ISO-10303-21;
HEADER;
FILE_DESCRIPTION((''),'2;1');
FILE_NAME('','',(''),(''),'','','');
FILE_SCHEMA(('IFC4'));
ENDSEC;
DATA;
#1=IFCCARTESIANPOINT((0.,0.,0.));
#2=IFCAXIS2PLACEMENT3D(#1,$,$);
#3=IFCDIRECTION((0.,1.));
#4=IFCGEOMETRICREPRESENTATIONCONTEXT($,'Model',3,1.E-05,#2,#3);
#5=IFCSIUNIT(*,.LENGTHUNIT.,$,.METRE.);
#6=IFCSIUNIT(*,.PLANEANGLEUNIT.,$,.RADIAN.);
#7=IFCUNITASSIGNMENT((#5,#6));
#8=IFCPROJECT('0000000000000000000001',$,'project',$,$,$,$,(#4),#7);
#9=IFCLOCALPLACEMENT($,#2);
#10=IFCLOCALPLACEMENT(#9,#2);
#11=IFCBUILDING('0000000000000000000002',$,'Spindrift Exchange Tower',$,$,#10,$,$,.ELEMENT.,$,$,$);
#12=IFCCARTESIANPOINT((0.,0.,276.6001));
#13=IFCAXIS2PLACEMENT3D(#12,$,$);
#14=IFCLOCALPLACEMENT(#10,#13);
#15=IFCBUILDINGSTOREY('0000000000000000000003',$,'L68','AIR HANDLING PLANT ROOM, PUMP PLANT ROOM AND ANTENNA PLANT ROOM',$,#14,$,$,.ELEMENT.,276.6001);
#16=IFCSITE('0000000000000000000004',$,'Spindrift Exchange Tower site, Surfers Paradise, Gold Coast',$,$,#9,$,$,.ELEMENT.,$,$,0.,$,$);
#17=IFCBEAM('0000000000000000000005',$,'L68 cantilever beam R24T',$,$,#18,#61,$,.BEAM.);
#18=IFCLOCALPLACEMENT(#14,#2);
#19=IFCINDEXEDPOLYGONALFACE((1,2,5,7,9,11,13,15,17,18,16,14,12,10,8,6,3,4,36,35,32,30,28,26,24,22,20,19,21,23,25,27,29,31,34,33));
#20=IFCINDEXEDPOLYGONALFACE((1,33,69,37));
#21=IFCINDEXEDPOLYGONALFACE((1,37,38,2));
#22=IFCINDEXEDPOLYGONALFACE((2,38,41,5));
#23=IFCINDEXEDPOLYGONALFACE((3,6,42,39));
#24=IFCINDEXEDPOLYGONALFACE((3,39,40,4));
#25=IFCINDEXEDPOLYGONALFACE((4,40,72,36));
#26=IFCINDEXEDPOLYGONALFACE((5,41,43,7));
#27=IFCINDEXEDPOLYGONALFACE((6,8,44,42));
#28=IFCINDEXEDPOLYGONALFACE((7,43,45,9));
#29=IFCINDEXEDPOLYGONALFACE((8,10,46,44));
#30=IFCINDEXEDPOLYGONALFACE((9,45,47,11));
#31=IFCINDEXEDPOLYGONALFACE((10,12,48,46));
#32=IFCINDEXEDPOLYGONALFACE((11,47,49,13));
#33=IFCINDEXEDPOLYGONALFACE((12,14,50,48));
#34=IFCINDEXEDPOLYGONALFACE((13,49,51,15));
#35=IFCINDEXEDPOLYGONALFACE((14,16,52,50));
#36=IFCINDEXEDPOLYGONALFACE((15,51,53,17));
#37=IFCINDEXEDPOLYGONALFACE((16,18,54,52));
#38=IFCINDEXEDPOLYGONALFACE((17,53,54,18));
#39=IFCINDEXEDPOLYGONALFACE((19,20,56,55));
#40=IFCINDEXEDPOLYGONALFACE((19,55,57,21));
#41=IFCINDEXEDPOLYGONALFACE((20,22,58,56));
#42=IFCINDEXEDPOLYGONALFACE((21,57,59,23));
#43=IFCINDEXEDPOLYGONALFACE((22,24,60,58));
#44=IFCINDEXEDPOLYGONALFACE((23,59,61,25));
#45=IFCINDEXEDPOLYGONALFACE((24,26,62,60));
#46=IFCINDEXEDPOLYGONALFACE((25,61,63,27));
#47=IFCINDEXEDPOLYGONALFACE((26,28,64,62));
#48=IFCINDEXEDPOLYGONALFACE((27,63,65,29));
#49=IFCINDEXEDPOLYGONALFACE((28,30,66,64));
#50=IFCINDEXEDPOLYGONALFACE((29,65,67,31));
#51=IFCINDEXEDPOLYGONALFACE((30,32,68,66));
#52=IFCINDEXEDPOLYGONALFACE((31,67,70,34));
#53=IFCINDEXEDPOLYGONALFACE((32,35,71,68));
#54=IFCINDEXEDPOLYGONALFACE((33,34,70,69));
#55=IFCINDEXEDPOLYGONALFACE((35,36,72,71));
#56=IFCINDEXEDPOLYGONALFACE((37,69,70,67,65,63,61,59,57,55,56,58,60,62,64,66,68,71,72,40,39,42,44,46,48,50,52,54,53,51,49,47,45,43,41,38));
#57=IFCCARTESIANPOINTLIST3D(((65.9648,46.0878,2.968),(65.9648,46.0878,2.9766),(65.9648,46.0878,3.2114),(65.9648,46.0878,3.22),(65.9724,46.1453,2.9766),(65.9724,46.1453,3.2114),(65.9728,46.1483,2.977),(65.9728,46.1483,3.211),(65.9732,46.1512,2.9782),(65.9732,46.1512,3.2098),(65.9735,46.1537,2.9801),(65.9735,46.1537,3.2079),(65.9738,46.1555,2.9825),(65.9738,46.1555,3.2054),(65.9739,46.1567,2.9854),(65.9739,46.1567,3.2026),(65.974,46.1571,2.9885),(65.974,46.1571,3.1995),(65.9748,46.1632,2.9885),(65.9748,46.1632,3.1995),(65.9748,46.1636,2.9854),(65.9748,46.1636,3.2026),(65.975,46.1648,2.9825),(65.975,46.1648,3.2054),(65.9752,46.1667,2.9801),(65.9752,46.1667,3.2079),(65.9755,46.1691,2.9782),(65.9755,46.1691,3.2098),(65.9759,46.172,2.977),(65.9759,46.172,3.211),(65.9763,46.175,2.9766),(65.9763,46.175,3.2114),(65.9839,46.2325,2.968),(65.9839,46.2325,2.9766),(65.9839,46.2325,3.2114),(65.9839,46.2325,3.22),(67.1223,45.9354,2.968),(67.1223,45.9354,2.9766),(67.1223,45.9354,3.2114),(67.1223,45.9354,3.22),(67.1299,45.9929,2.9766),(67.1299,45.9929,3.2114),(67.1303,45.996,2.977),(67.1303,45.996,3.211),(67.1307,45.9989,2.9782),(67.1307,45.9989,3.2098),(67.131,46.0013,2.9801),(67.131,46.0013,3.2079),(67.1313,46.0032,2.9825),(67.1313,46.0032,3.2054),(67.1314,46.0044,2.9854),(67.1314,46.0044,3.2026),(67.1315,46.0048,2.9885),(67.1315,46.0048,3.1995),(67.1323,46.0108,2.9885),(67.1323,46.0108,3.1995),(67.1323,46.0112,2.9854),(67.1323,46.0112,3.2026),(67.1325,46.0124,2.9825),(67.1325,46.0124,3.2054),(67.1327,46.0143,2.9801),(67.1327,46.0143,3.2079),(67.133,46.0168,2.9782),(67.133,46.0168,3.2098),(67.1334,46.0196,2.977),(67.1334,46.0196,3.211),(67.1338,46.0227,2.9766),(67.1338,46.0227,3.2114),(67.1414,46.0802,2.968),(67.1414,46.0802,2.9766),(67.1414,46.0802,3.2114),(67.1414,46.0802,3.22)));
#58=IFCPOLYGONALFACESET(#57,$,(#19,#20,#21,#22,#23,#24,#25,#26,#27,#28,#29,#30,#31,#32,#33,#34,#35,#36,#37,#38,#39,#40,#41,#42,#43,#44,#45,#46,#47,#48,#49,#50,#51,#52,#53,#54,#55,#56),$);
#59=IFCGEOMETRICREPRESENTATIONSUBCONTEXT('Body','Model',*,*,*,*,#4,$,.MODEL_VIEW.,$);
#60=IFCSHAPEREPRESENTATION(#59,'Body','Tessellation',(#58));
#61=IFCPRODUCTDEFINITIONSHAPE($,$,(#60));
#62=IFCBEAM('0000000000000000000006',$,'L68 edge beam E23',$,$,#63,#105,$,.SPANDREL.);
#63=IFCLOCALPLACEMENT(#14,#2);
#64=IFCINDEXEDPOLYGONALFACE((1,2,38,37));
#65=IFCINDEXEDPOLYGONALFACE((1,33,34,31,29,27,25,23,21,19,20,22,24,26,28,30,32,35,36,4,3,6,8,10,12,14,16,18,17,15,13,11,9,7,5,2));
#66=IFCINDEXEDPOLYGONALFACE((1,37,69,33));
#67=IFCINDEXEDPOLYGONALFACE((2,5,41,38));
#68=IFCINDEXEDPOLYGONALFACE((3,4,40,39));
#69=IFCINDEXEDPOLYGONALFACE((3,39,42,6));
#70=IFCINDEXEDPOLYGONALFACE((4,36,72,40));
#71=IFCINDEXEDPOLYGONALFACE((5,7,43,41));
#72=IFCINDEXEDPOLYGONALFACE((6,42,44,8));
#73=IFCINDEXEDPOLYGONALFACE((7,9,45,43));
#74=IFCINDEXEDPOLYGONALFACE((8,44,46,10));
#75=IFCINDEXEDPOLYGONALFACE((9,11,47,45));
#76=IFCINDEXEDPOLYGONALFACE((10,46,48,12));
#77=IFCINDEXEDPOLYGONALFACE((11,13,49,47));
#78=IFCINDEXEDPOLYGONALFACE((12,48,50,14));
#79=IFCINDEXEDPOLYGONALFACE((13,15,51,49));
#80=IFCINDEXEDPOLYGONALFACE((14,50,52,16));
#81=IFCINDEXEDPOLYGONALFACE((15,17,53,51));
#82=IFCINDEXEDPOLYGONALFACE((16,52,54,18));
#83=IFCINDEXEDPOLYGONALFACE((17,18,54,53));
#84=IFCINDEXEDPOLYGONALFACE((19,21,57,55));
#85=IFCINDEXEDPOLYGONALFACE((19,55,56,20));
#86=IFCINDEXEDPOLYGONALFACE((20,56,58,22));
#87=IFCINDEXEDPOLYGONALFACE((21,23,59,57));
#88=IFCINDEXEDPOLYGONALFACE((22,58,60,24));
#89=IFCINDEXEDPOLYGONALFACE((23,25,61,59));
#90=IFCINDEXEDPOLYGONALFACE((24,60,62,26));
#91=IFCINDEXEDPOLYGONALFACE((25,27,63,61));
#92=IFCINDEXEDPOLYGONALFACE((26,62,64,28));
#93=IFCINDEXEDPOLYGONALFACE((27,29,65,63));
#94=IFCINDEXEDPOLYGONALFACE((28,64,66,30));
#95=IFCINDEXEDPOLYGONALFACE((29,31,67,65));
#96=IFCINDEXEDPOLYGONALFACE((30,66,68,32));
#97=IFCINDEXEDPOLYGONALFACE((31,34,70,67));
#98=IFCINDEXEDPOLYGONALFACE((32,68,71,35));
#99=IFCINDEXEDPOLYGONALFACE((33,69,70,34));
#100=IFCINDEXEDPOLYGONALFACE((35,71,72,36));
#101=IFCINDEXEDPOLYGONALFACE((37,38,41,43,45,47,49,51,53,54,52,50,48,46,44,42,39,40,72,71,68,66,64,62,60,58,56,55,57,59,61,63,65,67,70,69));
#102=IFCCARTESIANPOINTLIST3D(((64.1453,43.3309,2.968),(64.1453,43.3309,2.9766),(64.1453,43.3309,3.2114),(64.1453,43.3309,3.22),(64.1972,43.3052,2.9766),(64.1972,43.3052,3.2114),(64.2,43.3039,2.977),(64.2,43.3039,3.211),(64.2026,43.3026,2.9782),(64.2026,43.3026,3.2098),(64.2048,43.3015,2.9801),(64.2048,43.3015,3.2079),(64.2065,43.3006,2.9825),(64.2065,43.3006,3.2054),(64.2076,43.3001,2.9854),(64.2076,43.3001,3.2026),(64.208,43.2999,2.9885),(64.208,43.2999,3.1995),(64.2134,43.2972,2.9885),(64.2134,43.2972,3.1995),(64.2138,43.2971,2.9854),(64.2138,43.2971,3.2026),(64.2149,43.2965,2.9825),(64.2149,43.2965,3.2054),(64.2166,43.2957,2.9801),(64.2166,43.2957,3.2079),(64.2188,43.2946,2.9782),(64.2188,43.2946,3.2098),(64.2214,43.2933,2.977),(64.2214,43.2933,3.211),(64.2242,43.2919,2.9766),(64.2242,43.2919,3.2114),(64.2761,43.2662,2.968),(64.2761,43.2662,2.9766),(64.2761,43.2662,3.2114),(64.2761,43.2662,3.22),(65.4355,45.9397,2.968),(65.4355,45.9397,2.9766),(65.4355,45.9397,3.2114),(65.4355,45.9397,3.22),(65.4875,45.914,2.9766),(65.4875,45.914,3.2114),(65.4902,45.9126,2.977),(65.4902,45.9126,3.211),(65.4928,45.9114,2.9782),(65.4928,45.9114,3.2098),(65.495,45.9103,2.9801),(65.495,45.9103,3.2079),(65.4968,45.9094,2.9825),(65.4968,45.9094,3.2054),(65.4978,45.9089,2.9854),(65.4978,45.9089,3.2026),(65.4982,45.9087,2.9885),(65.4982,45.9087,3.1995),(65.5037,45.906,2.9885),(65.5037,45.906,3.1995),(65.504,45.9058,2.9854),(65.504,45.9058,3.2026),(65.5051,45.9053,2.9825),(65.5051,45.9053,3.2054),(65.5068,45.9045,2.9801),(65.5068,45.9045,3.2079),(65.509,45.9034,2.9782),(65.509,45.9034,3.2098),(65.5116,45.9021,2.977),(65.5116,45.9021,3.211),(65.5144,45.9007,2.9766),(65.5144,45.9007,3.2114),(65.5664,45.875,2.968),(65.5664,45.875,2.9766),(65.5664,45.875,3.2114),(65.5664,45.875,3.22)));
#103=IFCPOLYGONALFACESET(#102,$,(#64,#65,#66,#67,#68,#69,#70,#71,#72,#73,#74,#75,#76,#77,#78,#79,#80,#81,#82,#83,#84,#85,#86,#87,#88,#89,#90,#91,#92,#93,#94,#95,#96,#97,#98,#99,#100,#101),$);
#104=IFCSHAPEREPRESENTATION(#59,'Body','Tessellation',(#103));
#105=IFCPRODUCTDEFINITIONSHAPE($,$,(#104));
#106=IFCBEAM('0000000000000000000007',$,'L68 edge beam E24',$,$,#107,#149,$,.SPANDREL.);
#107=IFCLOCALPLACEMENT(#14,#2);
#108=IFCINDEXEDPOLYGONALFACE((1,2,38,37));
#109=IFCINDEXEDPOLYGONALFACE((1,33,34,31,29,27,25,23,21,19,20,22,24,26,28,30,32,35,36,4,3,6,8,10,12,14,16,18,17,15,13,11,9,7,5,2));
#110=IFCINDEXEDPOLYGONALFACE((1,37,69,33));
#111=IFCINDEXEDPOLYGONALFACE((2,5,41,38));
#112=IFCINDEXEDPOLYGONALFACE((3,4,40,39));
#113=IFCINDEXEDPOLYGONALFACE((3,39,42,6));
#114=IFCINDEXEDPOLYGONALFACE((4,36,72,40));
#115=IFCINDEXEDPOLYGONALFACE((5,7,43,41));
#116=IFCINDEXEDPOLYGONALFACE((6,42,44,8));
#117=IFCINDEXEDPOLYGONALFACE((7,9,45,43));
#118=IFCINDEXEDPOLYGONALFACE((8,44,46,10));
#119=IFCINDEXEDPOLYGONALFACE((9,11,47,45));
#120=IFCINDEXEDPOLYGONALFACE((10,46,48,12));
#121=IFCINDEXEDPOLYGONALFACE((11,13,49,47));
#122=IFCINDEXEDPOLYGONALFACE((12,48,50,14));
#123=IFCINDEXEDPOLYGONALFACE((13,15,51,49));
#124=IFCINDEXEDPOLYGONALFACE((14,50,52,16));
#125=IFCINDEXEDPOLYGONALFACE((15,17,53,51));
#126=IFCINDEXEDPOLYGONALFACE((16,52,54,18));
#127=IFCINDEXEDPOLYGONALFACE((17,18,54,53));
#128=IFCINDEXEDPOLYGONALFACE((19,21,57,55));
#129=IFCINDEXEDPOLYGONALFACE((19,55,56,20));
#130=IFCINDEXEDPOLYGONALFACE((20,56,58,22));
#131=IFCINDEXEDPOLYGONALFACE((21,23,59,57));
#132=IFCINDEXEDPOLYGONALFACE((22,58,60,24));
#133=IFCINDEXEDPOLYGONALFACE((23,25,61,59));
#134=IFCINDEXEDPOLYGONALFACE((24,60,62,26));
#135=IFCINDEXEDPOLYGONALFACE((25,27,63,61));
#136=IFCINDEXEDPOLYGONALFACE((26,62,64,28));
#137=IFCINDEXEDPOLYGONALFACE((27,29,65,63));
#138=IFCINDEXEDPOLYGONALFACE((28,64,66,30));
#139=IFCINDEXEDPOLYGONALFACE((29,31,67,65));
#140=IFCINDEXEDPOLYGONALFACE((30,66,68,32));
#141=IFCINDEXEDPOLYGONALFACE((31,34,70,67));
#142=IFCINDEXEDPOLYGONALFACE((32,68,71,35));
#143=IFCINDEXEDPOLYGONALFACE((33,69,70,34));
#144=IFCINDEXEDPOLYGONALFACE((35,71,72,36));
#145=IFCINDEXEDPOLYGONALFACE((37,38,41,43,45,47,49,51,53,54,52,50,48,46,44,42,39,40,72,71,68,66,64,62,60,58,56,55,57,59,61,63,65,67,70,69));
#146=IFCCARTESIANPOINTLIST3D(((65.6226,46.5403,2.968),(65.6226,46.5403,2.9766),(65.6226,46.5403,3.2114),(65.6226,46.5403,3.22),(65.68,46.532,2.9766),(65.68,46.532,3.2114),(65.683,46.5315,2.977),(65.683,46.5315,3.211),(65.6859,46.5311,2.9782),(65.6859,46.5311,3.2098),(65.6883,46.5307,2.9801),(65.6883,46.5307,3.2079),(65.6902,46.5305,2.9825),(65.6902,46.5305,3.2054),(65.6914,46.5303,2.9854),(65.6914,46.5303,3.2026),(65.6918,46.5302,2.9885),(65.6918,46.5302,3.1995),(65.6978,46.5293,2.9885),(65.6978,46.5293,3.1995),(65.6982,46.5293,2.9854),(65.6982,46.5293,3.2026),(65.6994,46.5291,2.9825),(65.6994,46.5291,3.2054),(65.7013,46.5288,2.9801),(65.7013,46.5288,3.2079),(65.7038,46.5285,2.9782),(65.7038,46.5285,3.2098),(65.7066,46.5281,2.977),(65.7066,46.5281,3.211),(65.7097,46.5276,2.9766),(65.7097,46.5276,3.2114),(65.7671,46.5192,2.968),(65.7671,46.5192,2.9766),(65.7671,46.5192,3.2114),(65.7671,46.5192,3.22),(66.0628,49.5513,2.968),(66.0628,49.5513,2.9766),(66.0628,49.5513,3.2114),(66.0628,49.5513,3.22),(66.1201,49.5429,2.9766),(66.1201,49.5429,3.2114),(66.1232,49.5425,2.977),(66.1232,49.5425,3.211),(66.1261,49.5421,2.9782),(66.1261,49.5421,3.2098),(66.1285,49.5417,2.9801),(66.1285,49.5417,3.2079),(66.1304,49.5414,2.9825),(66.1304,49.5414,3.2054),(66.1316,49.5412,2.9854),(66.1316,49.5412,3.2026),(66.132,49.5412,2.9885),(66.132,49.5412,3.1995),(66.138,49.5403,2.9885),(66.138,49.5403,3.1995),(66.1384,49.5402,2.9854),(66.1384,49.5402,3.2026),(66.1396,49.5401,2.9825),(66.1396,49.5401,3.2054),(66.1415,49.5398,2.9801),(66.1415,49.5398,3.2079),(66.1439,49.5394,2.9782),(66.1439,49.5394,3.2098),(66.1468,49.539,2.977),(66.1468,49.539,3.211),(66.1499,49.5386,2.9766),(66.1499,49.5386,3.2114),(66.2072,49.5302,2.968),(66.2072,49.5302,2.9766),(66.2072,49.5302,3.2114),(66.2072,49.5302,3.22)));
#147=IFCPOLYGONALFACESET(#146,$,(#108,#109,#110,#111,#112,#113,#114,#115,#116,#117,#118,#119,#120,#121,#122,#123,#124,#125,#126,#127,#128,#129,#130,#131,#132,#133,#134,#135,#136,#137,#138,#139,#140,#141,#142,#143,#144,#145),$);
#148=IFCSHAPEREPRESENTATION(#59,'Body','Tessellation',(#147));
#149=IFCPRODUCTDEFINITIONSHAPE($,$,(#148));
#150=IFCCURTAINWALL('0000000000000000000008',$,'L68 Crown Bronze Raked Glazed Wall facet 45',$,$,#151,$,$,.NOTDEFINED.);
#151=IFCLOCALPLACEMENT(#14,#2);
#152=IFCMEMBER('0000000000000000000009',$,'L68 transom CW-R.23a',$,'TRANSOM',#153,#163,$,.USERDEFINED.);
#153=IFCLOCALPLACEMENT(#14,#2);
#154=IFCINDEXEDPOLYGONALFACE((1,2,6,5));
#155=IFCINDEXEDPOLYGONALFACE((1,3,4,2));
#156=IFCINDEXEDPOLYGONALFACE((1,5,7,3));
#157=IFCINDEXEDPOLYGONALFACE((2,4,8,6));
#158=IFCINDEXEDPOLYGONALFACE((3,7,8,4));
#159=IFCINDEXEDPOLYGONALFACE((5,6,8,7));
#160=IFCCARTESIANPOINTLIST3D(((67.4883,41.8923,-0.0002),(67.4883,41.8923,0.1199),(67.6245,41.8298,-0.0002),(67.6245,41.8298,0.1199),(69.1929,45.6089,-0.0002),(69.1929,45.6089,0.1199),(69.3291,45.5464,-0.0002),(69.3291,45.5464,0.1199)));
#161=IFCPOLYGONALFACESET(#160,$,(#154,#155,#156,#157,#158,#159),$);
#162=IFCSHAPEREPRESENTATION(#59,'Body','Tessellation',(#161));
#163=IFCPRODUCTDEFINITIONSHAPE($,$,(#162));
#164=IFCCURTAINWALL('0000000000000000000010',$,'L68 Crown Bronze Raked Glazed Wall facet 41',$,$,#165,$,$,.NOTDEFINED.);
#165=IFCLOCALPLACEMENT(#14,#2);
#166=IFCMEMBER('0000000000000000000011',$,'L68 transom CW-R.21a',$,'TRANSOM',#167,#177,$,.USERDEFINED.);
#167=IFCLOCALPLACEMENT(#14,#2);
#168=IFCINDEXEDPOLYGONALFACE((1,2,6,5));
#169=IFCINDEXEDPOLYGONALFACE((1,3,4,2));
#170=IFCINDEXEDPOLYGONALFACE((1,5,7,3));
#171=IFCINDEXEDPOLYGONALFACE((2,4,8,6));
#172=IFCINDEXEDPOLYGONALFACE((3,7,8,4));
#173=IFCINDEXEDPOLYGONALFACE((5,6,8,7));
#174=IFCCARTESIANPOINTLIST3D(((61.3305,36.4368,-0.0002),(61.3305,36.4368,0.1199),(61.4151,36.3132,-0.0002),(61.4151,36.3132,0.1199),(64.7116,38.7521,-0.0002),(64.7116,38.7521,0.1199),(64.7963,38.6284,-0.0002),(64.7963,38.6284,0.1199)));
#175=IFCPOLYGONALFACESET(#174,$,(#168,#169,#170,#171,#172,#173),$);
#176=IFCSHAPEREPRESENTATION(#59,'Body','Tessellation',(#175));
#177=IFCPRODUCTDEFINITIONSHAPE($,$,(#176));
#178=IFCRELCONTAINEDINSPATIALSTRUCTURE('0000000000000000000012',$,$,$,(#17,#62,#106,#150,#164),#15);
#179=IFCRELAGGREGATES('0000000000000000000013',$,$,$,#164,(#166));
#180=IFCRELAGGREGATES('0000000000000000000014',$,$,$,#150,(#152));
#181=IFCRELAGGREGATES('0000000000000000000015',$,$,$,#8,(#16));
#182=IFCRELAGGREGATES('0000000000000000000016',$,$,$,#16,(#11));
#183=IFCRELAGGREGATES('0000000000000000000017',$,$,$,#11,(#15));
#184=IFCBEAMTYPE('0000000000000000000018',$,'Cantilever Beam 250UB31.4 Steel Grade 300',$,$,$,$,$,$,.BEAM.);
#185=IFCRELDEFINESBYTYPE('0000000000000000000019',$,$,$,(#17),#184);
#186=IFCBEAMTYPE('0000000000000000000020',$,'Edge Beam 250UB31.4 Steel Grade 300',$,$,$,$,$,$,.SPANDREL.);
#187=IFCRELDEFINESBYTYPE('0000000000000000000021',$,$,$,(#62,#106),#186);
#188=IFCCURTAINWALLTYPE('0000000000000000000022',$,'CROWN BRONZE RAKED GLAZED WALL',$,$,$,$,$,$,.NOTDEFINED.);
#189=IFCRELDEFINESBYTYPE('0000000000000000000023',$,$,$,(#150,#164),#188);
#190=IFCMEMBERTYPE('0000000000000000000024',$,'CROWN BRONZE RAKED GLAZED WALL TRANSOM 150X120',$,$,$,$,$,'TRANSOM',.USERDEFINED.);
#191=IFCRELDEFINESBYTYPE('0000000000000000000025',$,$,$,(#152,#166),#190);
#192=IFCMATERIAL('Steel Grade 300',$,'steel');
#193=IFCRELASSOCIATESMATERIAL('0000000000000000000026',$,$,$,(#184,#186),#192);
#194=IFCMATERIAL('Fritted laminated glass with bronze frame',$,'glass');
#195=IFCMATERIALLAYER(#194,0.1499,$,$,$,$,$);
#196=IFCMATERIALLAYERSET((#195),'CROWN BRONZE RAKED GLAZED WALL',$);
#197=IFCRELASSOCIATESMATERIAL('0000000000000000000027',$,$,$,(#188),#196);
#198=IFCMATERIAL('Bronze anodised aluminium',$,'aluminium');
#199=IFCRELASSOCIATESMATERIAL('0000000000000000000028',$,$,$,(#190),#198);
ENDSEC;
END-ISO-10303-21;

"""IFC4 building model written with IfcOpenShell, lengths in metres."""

from ifc_helpers import new_model, si_unit, direction, frame, origin, origin_2d, place, context, subcontext, project, spatial, rectangle, i_section, extrude, source, transform, mapped, material, layer, layer_set, material_profile, profile_set, type_object, element, aggregate, save


model = new_model("IFC4")

# Units and contexts
model_context = context("Model", 3, precision=1e-05, world=origin(), true_north=direction((0.0, 1.0)))
body_context = subcontext(model_context, "Body", "Model", "MODEL_VIEW")
ifc_project = project(units=[si_unit("LENGTHUNIT", "METRE"), si_unit("PLANEANGLEUNIT", "RADIAN")], contexts=[model_context])

# Site, building, storey
site_placement = place(None, origin())
site = spatial("IfcSite", under=ifc_project, at=site_placement, Name="Spindrift Exchange Tower site, Surfers Paradise, Gold Coast", CompositionType="ELEMENT", RefElevation=0.0)
building_placement = place(site_placement, origin())
building = spatial("IfcBuilding", under=site, at=building_placement, Name="Spindrift Exchange Tower", CompositionType="ELEMENT")
storey_placement = place(building_placement, frame((0.0, 0.0, 276.6001)))
storey = spatial("IfcBuildingStorey", under=building, at=storey_placement, Name="L68", Description="AIR HANDLING PLANT ROOM, PUMP PLANT ROOM AND ANTENNA PLANT ROOM", CompositionType="ELEMENT", Elevation=276.6001)

# Beams
ifc_material_1 = material(Name="Steel Grade 300", Category="steel")
ifc_material_profile_1 = material_profile(ifc_material_1, i_section(OverallWidth=0.146, OverallDepth=0.252, WebThickness=0.0061, FlangeThickness=0.0085, FilletRadius=0.012, at=origin_2d()), Name="250UB31.4")
ifc_profile_set_1 = profile_set([ifc_material_profile_1], Name="Steel Grade 300")
beam_type_1 = type_object("IfcBeamType", Name="Cantilever Beam 250UB31.4 Steel Grade 300", PredefinedType="BEAM", material=ifc_profile_set_1)
shared_shape_1 = source(origin(), body_context, "Body", "SweptSolid", [
    extrude(i_section(OverallWidth=0.146, OverallDepth=0.252, WebThickness=0.0061, FlangeThickness=0.0085, FilletRadius=0.012, at=origin_2d()), origin(), (0.0, 0.0, 1.0), 1.1675),
])
beam_1_placement = place(storey_placement, frame((65.9744, 46.1602, 3.094), z_axis=(0.991449, -0.130492, 0.0), x_axis=(0.130492, 0.991449, 0.0)))
element("IfcBeam", 1, at=beam_1_placement, inside=storey, type_object=beam_type_1, Name="L68 cantilever beam R24T", PredefinedType="BEAM", context=body_context, shape_type="MappedRepresentation", body=[
    mapped(shared_shape_1, transform((0.0, 0.0, 0.0), scale=1.0)),
])
ifc_material_profile_2 = material_profile(ifc_material_1, i_section(OverallWidth=0.146, OverallDepth=0.252, WebThickness=0.0061, FlangeThickness=0.0085, FilletRadius=0.012, at=origin_2d()), Name="250UB31.4")
ifc_profile_set_2 = profile_set([ifc_material_profile_2], Name="Steel Grade 300")
beam_type_2 = type_object("IfcBeamType", Name="Edge Beam 250UB31.4 Steel Grade 300", PredefinedType="SPANDREL", material=ifc_profile_set_2)
shared_shape_2 = source(origin(), body_context, "Body", "SweptSolid", [
    extrude(i_section(OverallWidth=0.146, OverallDepth=0.252, WebThickness=0.0061, FlangeThickness=0.0085, FilletRadius=0.012, at=origin_2d()), origin(), (0.0, 0.0, 1.0), 2.9104),
])
beam_2_placement = place(storey_placement, frame((64.2107, 43.2986, 3.094), z_axis=(0.443317, 0.896365, 0.0), x_axis=(-0.896365, 0.443317, 0.0)))
element("IfcBeam", 2, at=beam_2_placement, inside=storey, type_object=beam_type_2, Name="L68 edge beam E23", PredefinedType="SPANDREL", context=body_context, shape_type="MappedRepresentation", body=[
    mapped(shared_shape_2, transform((0.0, 0.0, 0.0), scale=1.0)),
])
shared_shape_3 = source(origin(), body_context, "Body", "SweptSolid", [
    extrude(i_section(OverallWidth=0.146, OverallDepth=0.252, WebThickness=0.0061, FlangeThickness=0.0085, FilletRadius=0.012, at=origin_2d()), origin(), (0.0, 0.0, 1.0), 3.043),
])
beam_3_placement = place(storey_placement, frame((65.6948, 46.5298, 3.094), z_axis=(0.144655, 0.989482, 0.0), x_axis=(-0.989482, 0.144655, 0.0)))
element("IfcBeam", 3, at=beam_3_placement, inside=storey, type_object=beam_type_2, Name="L68 edge beam E24", PredefinedType="SPANDREL", context=body_context, shape_type="MappedRepresentation", body=[
    mapped(shared_shape_3, transform((0.0, 0.0, 0.0), scale=1.0)),
])

# Curtain walls, members
ifc_material_2 = material(Name="Fritted laminated glass with bronze frame", Category="glass")
ifc_layer_1 = layer(ifc_material_2, 0.1499)
ifc_layer_set_1 = layer_set([ifc_layer_1], Name="CROWN BRONZE RAKED GLAZED WALL")
curtain_wall_type = type_object("IfcCurtainWallType", Name="CROWN BRONZE RAKED GLAZED WALL", PredefinedType="NOTDEFINED", material=ifc_layer_set_1)
curtain_wall_1_placement = place(storey_placement, origin())
curtain_wall_1 = element("IfcCurtainWall", 4, at=curtain_wall_1_placement, inside=storey, type_object=curtain_wall_type, Name="L68 Crown Bronze Raked Glazed Wall facet 45", PredefinedType="NOTDEFINED")
ifc_material_3 = material(Name="Bronze anodised aluminium", Category="aluminium")
ifc_material_profile_3 = material_profile(ifc_material_3, rectangle(XDim=0.1499, YDim=0.1201, at=origin_2d()), Name="CROWN BRONZE RAKED GLAZED WALL TRANSOM 150X120")
ifc_profile_set_3 = profile_set([ifc_material_profile_3], Name="Bronze anodised aluminium")
member_type_1 = type_object("IfcMemberType", Name="CROWN BRONZE RAKED GLAZED WALL TRANSOM 150X120", ElementType="TRANSOM", PredefinedType="USERDEFINED", material=ifc_profile_set_3)
shared_shape_4 = source(origin(), body_context, "Body", "SweptSolid", [
    extrude(rectangle(XDim=0.1499, YDim=0.1201, at=origin_2d()), origin(), (0.0, 0.0, 1.0), 4.0889),
])
member_1_placement = place(storey_placement, frame((67.5564, 41.8611, 0.0598), z_axis=(0.416891, 0.908956, 0.0), x_axis=(-0.908956, 0.416891, 0.0)))
member_1 = element("IfcMember", 5, at=member_1_placement, type_object=member_type_1, Name="L68 transom CW-R.23a", ObjectType="TRANSOM", PredefinedType="USERDEFINED", context=body_context, shape_type="MappedRepresentation", body=[
    mapped(shared_shape_4, transform((0.0, 0.0, 0.0), scale=1.0)),
])
curtain_wall_2_placement = place(storey_placement, origin())
curtain_wall_2 = element("IfcCurtainWall", 6, at=curtain_wall_2_placement, inside=storey, type_object=curtain_wall_type, Name="L68 Crown Bronze Raked Glazed Wall facet 41", PredefinedType="NOTDEFINED")
shared_shape_5 = source(origin(), body_context, "Body", "SweptSolid", [
    extrude(rectangle(XDim=0.1499, YDim=0.1201, at=origin_2d()), origin(), (0.0, 0.0, 1.0), 4.0979),
])
member_2_placement = place(storey_placement, frame((61.3728, 36.375, 0.0598), z_axis=(0.825103, 0.564983, 0.0), x_axis=(-0.564983, 0.825103, 0.0)))
member_2 = element("IfcMember", 7, at=member_2_placement, type_object=member_type_1, Name="L68 transom CW-R.21a", ObjectType="TRANSOM", PredefinedType="USERDEFINED", context=body_context, shape_type="MappedRepresentation", body=[
    mapped(shared_shape_5, transform((0.0, 0.0, 0.0), scale=1.0)),
])

aggregate(curtain_wall_2, [member_2])
aggregate(curtain_wall_1, [member_1])

save(model, "model.ifc")
